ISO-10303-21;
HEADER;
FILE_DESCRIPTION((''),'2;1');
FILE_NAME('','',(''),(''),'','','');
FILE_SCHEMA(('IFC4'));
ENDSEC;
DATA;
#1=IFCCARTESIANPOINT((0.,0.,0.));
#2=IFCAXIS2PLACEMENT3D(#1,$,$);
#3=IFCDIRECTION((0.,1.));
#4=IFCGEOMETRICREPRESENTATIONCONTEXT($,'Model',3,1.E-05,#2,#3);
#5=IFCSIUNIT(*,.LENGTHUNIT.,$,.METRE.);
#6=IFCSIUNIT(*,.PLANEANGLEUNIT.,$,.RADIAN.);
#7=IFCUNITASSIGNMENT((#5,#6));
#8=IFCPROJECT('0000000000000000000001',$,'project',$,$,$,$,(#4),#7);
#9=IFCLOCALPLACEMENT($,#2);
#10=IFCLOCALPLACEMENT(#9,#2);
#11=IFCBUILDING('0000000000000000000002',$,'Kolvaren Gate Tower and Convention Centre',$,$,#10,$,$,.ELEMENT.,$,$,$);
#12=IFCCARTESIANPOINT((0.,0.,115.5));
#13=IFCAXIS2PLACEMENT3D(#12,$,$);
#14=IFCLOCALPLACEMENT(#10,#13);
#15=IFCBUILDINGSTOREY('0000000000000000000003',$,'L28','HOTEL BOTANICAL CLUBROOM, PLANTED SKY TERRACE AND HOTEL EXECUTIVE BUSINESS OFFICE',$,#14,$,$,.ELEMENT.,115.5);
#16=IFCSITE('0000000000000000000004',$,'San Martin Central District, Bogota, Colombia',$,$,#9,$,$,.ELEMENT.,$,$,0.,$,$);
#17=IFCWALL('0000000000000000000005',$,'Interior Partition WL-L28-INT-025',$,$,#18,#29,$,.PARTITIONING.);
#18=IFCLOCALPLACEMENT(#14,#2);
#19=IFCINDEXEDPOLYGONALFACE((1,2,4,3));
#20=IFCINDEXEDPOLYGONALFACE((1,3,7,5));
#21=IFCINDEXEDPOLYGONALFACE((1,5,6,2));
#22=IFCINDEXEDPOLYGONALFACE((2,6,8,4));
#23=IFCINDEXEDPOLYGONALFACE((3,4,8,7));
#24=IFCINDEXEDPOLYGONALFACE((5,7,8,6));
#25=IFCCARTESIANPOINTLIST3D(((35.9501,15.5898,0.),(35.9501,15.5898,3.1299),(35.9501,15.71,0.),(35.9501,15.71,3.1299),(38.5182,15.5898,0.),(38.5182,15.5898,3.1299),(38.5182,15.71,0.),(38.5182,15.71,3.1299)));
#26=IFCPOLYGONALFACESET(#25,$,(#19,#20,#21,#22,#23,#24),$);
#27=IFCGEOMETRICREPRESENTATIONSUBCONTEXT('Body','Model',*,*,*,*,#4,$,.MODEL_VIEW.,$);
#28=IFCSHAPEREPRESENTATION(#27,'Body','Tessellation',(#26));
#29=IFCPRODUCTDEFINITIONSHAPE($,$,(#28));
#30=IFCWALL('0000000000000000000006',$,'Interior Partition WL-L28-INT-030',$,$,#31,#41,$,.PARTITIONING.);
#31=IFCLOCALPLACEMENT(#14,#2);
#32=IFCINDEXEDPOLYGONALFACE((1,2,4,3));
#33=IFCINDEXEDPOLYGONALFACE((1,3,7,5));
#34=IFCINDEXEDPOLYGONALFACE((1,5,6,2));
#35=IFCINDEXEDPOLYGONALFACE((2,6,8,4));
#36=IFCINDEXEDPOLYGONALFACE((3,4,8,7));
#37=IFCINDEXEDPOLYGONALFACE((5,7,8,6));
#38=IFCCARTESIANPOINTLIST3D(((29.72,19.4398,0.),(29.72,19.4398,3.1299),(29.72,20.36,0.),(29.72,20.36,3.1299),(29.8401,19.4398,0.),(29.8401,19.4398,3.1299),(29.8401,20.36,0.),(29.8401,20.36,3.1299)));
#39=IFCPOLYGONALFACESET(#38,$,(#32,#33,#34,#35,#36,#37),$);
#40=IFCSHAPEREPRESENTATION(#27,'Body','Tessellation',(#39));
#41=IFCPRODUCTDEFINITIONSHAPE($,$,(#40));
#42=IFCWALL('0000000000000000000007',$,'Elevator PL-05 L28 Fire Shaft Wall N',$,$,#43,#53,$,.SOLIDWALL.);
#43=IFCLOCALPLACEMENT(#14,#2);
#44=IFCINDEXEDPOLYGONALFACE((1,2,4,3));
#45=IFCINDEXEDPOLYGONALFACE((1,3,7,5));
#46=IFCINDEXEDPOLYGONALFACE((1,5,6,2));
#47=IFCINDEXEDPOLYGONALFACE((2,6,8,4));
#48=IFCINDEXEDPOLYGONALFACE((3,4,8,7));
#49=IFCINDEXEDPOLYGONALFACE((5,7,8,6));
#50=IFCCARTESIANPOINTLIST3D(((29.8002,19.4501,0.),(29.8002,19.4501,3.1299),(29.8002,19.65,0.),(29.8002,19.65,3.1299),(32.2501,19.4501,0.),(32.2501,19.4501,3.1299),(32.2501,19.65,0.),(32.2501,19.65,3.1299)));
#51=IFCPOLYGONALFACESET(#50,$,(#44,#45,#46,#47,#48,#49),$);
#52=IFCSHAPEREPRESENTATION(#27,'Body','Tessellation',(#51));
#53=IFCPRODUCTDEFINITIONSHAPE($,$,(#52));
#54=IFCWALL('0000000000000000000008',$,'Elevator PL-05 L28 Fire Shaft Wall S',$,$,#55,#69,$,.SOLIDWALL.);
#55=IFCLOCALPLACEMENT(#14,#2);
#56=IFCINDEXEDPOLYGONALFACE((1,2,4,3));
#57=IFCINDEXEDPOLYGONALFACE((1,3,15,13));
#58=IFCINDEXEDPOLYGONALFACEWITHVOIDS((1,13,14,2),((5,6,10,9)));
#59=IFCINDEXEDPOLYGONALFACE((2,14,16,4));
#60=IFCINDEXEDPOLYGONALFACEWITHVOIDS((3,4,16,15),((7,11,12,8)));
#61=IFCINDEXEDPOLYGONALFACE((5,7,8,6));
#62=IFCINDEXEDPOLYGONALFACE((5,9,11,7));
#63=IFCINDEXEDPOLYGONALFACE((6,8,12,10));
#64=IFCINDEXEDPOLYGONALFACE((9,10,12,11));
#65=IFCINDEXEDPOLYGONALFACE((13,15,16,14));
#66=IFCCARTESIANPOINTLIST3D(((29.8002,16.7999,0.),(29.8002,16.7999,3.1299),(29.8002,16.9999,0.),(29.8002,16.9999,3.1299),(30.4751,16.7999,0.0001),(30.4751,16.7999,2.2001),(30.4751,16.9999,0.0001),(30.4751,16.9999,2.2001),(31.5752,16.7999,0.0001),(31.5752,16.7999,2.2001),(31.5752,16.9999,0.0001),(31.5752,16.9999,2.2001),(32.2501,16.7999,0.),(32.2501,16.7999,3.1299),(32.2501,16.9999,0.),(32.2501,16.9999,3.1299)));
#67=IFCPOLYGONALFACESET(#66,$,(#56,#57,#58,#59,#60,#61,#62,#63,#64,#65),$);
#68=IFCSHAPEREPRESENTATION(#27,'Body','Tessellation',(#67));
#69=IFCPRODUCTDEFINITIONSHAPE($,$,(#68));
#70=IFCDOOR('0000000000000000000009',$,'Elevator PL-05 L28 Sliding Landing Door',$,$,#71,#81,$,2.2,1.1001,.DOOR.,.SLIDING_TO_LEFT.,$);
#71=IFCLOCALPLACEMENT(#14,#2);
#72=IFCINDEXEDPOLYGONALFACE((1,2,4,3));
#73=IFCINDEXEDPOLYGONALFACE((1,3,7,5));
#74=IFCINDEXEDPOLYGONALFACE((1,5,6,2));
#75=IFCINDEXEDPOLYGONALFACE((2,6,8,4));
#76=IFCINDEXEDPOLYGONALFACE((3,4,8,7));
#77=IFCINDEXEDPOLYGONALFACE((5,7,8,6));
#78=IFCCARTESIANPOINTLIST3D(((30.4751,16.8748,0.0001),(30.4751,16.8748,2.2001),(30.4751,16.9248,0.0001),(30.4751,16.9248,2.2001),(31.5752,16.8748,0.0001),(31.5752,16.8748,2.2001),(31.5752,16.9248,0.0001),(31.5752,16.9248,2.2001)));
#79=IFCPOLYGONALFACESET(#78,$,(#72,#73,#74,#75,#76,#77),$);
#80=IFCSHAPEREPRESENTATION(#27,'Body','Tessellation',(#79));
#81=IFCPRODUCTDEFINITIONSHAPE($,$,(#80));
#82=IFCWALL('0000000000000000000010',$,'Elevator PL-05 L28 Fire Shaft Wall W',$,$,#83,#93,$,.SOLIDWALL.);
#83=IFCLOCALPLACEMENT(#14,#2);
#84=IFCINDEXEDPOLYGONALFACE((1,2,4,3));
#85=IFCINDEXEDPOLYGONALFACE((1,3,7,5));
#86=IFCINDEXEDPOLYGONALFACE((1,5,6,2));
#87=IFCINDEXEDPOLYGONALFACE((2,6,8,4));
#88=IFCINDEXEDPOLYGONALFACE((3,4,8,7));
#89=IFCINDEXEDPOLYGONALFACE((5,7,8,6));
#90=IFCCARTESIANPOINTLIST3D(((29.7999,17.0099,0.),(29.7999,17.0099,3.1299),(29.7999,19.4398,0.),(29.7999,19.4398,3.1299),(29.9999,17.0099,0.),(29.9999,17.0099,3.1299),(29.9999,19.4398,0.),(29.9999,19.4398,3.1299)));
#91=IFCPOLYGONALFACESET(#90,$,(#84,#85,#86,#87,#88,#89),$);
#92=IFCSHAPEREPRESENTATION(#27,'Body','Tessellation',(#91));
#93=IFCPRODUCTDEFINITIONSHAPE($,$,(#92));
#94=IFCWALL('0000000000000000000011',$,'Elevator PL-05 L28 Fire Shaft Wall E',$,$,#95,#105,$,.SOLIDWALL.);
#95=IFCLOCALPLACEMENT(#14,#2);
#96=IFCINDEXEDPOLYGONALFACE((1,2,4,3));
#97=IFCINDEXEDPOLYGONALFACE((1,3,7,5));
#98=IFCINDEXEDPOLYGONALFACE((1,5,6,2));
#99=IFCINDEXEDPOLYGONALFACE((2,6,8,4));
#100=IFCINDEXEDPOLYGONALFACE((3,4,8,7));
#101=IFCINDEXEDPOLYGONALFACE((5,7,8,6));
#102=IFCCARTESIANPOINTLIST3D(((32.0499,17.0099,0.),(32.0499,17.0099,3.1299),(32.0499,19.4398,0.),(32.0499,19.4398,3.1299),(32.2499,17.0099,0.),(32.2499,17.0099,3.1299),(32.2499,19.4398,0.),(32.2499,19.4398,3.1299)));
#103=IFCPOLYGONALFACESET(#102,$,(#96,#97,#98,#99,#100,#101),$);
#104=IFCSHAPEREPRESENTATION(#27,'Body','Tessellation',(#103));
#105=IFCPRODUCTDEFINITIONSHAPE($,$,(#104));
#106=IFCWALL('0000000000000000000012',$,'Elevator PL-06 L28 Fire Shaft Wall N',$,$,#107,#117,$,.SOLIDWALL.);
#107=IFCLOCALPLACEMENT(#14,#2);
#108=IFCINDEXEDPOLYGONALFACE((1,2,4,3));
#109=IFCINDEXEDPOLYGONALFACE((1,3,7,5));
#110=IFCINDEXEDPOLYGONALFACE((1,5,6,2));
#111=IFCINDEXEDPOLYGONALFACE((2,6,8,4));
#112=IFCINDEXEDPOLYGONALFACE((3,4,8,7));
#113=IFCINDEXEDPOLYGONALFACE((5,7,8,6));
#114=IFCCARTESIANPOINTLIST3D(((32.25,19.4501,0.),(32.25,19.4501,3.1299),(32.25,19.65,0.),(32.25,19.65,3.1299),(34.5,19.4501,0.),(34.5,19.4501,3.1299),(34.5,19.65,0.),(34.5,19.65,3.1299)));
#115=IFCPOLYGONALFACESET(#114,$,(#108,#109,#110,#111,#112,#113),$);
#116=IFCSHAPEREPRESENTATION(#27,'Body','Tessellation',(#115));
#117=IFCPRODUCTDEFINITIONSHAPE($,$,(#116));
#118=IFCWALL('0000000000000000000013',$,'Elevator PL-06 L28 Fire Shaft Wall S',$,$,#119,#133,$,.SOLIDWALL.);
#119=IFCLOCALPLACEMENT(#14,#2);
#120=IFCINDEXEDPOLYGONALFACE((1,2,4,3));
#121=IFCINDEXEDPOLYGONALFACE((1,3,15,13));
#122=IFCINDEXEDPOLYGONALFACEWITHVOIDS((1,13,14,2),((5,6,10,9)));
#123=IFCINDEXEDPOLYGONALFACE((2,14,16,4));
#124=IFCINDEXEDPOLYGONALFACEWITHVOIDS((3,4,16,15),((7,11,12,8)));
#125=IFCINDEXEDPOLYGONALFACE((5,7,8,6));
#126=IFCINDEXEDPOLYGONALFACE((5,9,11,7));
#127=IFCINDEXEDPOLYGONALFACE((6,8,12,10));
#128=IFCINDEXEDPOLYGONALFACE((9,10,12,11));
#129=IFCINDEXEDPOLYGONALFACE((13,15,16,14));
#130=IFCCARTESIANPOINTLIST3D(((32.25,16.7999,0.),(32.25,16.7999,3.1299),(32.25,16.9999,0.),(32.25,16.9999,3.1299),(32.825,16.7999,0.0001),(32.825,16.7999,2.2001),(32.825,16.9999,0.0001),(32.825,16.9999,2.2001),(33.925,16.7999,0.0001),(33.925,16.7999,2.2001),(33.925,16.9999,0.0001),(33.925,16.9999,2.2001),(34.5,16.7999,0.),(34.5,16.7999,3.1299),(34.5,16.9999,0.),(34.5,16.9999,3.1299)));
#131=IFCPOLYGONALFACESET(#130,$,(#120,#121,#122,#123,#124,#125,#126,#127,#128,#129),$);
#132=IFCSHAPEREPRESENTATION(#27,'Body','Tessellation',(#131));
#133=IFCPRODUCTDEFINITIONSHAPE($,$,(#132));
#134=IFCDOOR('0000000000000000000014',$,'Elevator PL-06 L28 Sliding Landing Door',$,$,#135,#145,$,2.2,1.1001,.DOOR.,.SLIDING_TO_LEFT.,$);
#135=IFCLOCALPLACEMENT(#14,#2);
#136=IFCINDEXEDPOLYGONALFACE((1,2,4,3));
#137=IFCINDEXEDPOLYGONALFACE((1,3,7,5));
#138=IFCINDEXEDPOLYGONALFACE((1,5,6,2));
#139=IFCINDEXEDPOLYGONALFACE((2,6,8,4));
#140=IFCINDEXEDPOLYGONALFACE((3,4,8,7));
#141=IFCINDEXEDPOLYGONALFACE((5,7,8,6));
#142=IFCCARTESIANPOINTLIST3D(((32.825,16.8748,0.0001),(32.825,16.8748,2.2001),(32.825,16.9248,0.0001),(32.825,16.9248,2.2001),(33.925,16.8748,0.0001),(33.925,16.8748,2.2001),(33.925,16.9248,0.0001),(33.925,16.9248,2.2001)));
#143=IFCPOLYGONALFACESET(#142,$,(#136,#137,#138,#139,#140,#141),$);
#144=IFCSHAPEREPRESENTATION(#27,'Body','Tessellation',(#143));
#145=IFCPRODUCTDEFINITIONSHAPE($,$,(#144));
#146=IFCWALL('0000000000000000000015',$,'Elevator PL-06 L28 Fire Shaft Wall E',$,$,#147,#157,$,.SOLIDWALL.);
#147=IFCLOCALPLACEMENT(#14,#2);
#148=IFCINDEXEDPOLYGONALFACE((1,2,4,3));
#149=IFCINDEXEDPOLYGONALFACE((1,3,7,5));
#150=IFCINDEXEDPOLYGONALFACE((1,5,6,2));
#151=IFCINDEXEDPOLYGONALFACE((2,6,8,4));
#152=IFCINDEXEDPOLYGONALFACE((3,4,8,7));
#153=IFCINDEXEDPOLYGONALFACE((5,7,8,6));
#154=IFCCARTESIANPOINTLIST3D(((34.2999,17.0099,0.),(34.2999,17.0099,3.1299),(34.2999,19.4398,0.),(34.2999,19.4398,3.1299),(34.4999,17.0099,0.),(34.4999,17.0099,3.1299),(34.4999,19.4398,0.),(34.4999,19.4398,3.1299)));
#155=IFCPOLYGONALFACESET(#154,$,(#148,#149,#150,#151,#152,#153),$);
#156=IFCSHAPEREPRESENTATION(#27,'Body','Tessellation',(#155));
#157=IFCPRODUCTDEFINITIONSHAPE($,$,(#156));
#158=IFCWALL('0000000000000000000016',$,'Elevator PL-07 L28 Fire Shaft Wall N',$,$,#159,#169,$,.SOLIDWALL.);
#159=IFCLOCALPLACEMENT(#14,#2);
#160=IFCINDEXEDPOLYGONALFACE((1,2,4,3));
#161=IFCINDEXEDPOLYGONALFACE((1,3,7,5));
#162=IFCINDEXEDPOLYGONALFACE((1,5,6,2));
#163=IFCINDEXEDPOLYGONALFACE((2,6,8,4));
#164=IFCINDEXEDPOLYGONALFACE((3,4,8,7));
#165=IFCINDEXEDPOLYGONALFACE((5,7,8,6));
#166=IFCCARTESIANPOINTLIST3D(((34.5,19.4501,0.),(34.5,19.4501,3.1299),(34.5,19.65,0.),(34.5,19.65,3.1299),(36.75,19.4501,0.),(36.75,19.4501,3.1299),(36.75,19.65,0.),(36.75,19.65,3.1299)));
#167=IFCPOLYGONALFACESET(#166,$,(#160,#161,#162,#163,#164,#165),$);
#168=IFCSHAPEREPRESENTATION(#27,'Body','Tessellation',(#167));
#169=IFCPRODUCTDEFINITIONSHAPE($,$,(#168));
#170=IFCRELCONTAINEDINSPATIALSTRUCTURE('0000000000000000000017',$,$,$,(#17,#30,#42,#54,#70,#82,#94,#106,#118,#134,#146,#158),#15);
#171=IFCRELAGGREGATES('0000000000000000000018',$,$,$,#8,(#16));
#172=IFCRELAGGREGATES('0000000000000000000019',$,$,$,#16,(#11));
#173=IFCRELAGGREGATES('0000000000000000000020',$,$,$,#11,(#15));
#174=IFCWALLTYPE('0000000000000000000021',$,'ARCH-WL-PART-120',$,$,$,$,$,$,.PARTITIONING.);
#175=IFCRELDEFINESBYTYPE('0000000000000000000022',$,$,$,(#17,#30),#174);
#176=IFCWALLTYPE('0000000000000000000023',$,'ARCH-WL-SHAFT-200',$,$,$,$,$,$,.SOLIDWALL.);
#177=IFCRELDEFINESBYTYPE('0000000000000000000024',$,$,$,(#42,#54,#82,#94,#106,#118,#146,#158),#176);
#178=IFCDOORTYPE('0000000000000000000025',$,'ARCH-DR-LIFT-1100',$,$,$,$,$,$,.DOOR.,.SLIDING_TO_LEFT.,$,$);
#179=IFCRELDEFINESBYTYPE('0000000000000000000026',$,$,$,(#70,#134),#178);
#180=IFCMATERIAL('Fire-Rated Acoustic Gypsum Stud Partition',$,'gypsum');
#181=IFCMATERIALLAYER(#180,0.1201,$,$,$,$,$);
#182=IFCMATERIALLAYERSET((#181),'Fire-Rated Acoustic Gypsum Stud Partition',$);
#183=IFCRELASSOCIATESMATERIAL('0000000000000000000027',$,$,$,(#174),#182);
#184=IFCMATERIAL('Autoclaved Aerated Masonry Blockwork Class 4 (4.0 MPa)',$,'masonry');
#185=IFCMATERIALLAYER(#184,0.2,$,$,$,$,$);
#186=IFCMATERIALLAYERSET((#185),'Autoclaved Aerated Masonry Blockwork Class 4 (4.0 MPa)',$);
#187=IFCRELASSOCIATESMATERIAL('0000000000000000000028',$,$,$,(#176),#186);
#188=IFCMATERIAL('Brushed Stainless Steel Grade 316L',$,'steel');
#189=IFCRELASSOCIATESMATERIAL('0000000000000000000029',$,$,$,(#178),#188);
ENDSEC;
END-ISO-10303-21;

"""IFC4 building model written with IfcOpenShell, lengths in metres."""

from ifc_helpers import new_model, si_unit, direction, frame, frame_2d, origin, place, context, subcontext, project, spatial, rectangle, extrude, material, layer, layer_set, type_object, element, fill, save


model = new_model("IFC4")

# Units and contexts
model_context = context("Model", 3, precision=1e-05, world=origin(), true_north=direction((0.0, 1.0)))
body_context = subcontext(model_context, "Body", "Model", "MODEL_VIEW")
ifc_project = project(units=[si_unit("LENGTHUNIT", "METRE"), si_unit("PLANEANGLEUNIT", "RADIAN")], contexts=[model_context])

# Site, building, storey
site_placement = place(None, origin())
site = spatial("IfcSite", under=ifc_project, at=site_placement, Name="San Martin Central District, Bogota, Colombia", CompositionType="ELEMENT", RefElevation=0.0)
building_placement = place(site_placement, origin())
building = spatial("IfcBuilding", under=site, at=building_placement, Name="Kolvaren Gate Tower and Convention Centre", CompositionType="ELEMENT")
storey_placement = place(building_placement, frame((0.0, 0.0, 115.5)))
storey = spatial("IfcBuildingStorey", under=building, at=storey_placement, Name="L28", Description="HOTEL BOTANICAL CLUBROOM, PLANTED SKY TERRACE AND HOTEL EXECUTIVE BUSINESS OFFICE", CompositionType="ELEMENT", Elevation=115.5)

# Walls
ifc_material_1 = material(Name="Fire-Rated Acoustic Gypsum Stud Partition", Category="gypsum")
ifc_layer_1 = layer(ifc_material_1, 0.1201)
ifc_layer_set_1 = layer_set([ifc_layer_1], Name="Fire-Rated Acoustic Gypsum Stud Partition")
wall_type_1 = type_object("IfcWallType", Name="ARCH-WL-PART-120", PredefinedType="PARTITIONING", material=ifc_layer_set_1)
wall_1_placement = place(storey_placement, frame((35.95, 15.6499, 0.0), z_axis=(0.0, 0.0, 1.0), x_axis=(1.0, 0.0, 0.0)))
element("IfcWall", 1, at=wall_1_placement, inside=storey, type_object=wall_type_1, Name="Interior Partition WL-L28-INT-025", PredefinedType="PARTITIONING", context=body_context, shape_type="SweptSolid", body=[
    extrude(rectangle(XDim=2.5681, YDim=0.1201, at=frame_2d((1.2842, 0.0))), origin(), (0.0, 0.0, 1.0), 3.1299),
])
wall_2_placement = place(storey_placement, frame((29.78, 19.4399, 0.0), z_axis=(0.0, 0.0, 1.0), x_axis=(0.0, 1.0, 0.0)))
element("IfcWall", 2, at=wall_2_placement, inside=storey, type_object=wall_type_1, Name="Interior Partition WL-L28-INT-030", PredefinedType="PARTITIONING", context=body_context, shape_type="SweptSolid", body=[
    extrude(rectangle(XDim=0.9202, YDim=0.1201, at=frame_2d((0.46, 0.0))), origin(), (0.0, 0.0, 1.0), 3.1299),
])
ifc_material_2 = material(Name="Autoclaved Aerated Masonry Blockwork Class 4 (4.0 MPa)", Category="masonry")
ifc_layer_2 = layer(ifc_material_2, 0.2)
ifc_layer_set_2 = layer_set([ifc_layer_2], Name="Autoclaved Aerated Masonry Blockwork Class 4 (4.0 MPa)")
wall_type_2 = type_object("IfcWallType", Name="ARCH-WL-SHAFT-200", PredefinedType="SOLIDWALL", material=ifc_layer_set_2)
wall_3_placement = place(storey_placement, frame((29.8, 19.55, 0.0), z_axis=(0.0, 0.0, 1.0), x_axis=(1.0, 0.0, 0.0)))
element("IfcWall", 3, at=wall_3_placement, inside=storey, type_object=wall_type_2, Name="Elevator PL-05 L28 Fire Shaft Wall N", PredefinedType="SOLIDWALL", context=body_context, shape_type="SweptSolid", body=[
    extrude(rectangle(XDim=2.45, YDim=0.2, at=frame_2d((1.2251, 0.0))), origin(), (0.0, 0.0, 1.0), 3.1299),
])

# Wall, opening, door
wall_4_placement = place(storey_placement, frame((29.8, 16.8999, 0.0), z_axis=(0.0, 0.0, 1.0), x_axis=(1.0, 0.0, 0.0)))
wall_4 = element("IfcWall", 4, at=wall_4_placement, inside=storey, type_object=wall_type_2, Name="Elevator PL-05 L28 Fire Shaft Wall S", PredefinedType="SOLIDWALL", context=body_context, shape_type="SweptSolid", body=[
    extrude(rectangle(XDim=2.45, YDim=0.2, at=frame_2d((1.2251, 0.0))), origin(), (0.0, 0.0, 1.0), 3.1299),
])
opening_1_placement = place(wall_4_placement, frame((0.675, 0.0, 0.0)))
opening_1 = element("IfcOpeningElement", 5, at=opening_1_placement, cuts=wall_4, PredefinedType="OPENING", context=body_context, shape_type="SweptSolid", body=[
    extrude(rectangle(XDim=1.1001, YDim=2.2, at=frame_2d((0.55, 1.1001))), frame((0.0, 0.1099, 0.0), z_axis=(0.0, -1.0, 0.0), x_axis=(1.0, 0.0, 0.0)), (0.0, 0.0, 1.0), 0.22),
])
ifc_material_3 = material(Name="Brushed Stainless Steel Grade 316L", Category="steel")
door_type_1 = type_object("IfcDoorType", Name="ARCH-DR-LIFT-1100", OperationType="SLIDING_TO_LEFT", PredefinedType="DOOR", material=ifc_material_3)
door_1_placement = place(opening_1_placement, origin())
door_1 = element("IfcDoor", 6, at=door_1_placement, inside=storey, type_object=door_type_1, Name="Elevator PL-05 L28 Sliding Landing Door", OperationType="SLIDING_TO_LEFT", OverallHeight=2.2, OverallWidth=1.1001, PredefinedType="DOOR", context=body_context, shape_type="SweptSolid", body=[
    extrude(rectangle(XDim=1.1001, YDim=2.2, at=frame_2d((0.55, 1.1001))), frame((0.0, 0.0249, 0.0), z_axis=(0.0, -1.0, 0.0), x_axis=(1.0, 0.0, 0.0)), (0.0, 0.0, 1.0), 0.05),
])
fill(opening_1, door_1)

# Walls
for number, where, z_axis, x_axis, name in (
    (7, (29.8999, 17.01, 0.0), (0.0, 0.0, 1.0), (0.0, 1.0, 0.0), "Elevator PL-05 L28 Fire Shaft Wall W"),
    (8, (32.1499, 17.01, 0.0), (0.0, 0.0, 1.0), (0.0, 1.0, 0.0), "Elevator PL-05 L28 Fire Shaft Wall E"),
):
    element("IfcWall", number, at=place(storey_placement, frame(where, z_axis=z_axis, x_axis=x_axis)), inside=storey, type_object=wall_type_2, Name=name, PredefinedType="SOLIDWALL", context=body_context, shape_type="SweptSolid", body=[
        extrude(rectangle(XDim=2.4299, YDim=0.2, at=frame_2d((1.2148, 0.0))), origin(), (0.0, 0.0, 1.0), 3.1299),
    ])
wall_5_placement = place(storey_placement, frame((32.25, 19.55, 0.0), z_axis=(0.0, 0.0, 1.0), x_axis=(1.0, 0.0, 0.0)))
element("IfcWall", 9, at=wall_5_placement, inside=storey, type_object=wall_type_2, Name="Elevator PL-06 L28 Fire Shaft Wall N", PredefinedType="SOLIDWALL", context=body_context, shape_type="SweptSolid", body=[
    extrude(rectangle(XDim=2.25, YDim=0.2, at=frame_2d((1.125, 0.0))), origin(), (0.0, 0.0, 1.0), 3.1299),
])

# Wall, opening, door
wall_6_placement = place(storey_placement, frame((32.25, 16.8999, 0.0), z_axis=(0.0, 0.0, 1.0), x_axis=(1.0, 0.0, 0.0)))
wall_6 = element("IfcWall", 10, at=wall_6_placement, inside=storey, type_object=wall_type_2, Name="Elevator PL-06 L28 Fire Shaft Wall S", PredefinedType="SOLIDWALL", context=body_context, shape_type="SweptSolid", body=[
    extrude(rectangle(XDim=2.25, YDim=0.2, at=frame_2d((1.125, 0.0))), origin(), (0.0, 0.0, 1.0), 3.1299),
])
opening_2_placement = place(wall_6_placement, frame((0.575, 0.0, 0.0)))
opening_2 = element("IfcOpeningElement", 11, at=opening_2_placement, cuts=wall_6, PredefinedType="OPENING", context=body_context, shape_type="SweptSolid", body=[
    extrude(rectangle(XDim=1.1001, YDim=2.2, at=frame_2d((0.55, 1.1001))), frame((0.0, 0.1099, 0.0), z_axis=(0.0, -1.0, 0.0), x_axis=(1.0, 0.0, 0.0)), (0.0, 0.0, 1.0), 0.22),
])
door_2_placement = place(opening_2_placement, origin())
door_2 = element("IfcDoor", 12, at=door_2_placement, inside=storey, type_object=door_type_1, Name="Elevator PL-06 L28 Sliding Landing Door", OperationType="SLIDING_TO_LEFT", OverallHeight=2.2, OverallWidth=1.1001, PredefinedType="DOOR", context=body_context, shape_type="SweptSolid", body=[
    extrude(rectangle(XDim=1.1001, YDim=2.2, at=frame_2d((0.55, 1.1001))), frame((0.0, 0.0249, 0.0), z_axis=(0.0, -1.0, 0.0), x_axis=(1.0, 0.0, 0.0)), (0.0, 0.0, 1.0), 0.05),
])
fill(opening_2, door_2)

# Walls
wall_7_placement = place(storey_placement, frame((34.3999, 17.01, 0.0), z_axis=(0.0, 0.0, 1.0), x_axis=(0.0, 1.0, 0.0)))
element("IfcWall", 13, at=wall_7_placement, inside=storey, type_object=wall_type_2, Name="Elevator PL-06 L28 Fire Shaft Wall E", PredefinedType="SOLIDWALL", context=body_context, shape_type="SweptSolid", body=[
    extrude(rectangle(XDim=2.4299, YDim=0.2, at=frame_2d((1.2148, 0.0))), origin(), (0.0, 0.0, 1.0), 3.1299),
])
wall_8_placement = place(storey_placement, frame((34.5, 19.55, 0.0), z_axis=(0.0, 0.0, 1.0), x_axis=(1.0, 0.0, 0.0)))
element("IfcWall", 14, at=wall_8_placement, inside=storey, type_object=wall_type_2, Name="Elevator PL-07 L28 Fire Shaft Wall N", PredefinedType="SOLIDWALL", context=body_context, shape_type="SweptSolid", body=[
    extrude(rectangle(XDim=2.25, YDim=0.2, at=frame_2d((1.125, 0.0))), origin(), (0.0, 0.0, 1.0), 3.1299),
])

save(model, "model.ifc")
